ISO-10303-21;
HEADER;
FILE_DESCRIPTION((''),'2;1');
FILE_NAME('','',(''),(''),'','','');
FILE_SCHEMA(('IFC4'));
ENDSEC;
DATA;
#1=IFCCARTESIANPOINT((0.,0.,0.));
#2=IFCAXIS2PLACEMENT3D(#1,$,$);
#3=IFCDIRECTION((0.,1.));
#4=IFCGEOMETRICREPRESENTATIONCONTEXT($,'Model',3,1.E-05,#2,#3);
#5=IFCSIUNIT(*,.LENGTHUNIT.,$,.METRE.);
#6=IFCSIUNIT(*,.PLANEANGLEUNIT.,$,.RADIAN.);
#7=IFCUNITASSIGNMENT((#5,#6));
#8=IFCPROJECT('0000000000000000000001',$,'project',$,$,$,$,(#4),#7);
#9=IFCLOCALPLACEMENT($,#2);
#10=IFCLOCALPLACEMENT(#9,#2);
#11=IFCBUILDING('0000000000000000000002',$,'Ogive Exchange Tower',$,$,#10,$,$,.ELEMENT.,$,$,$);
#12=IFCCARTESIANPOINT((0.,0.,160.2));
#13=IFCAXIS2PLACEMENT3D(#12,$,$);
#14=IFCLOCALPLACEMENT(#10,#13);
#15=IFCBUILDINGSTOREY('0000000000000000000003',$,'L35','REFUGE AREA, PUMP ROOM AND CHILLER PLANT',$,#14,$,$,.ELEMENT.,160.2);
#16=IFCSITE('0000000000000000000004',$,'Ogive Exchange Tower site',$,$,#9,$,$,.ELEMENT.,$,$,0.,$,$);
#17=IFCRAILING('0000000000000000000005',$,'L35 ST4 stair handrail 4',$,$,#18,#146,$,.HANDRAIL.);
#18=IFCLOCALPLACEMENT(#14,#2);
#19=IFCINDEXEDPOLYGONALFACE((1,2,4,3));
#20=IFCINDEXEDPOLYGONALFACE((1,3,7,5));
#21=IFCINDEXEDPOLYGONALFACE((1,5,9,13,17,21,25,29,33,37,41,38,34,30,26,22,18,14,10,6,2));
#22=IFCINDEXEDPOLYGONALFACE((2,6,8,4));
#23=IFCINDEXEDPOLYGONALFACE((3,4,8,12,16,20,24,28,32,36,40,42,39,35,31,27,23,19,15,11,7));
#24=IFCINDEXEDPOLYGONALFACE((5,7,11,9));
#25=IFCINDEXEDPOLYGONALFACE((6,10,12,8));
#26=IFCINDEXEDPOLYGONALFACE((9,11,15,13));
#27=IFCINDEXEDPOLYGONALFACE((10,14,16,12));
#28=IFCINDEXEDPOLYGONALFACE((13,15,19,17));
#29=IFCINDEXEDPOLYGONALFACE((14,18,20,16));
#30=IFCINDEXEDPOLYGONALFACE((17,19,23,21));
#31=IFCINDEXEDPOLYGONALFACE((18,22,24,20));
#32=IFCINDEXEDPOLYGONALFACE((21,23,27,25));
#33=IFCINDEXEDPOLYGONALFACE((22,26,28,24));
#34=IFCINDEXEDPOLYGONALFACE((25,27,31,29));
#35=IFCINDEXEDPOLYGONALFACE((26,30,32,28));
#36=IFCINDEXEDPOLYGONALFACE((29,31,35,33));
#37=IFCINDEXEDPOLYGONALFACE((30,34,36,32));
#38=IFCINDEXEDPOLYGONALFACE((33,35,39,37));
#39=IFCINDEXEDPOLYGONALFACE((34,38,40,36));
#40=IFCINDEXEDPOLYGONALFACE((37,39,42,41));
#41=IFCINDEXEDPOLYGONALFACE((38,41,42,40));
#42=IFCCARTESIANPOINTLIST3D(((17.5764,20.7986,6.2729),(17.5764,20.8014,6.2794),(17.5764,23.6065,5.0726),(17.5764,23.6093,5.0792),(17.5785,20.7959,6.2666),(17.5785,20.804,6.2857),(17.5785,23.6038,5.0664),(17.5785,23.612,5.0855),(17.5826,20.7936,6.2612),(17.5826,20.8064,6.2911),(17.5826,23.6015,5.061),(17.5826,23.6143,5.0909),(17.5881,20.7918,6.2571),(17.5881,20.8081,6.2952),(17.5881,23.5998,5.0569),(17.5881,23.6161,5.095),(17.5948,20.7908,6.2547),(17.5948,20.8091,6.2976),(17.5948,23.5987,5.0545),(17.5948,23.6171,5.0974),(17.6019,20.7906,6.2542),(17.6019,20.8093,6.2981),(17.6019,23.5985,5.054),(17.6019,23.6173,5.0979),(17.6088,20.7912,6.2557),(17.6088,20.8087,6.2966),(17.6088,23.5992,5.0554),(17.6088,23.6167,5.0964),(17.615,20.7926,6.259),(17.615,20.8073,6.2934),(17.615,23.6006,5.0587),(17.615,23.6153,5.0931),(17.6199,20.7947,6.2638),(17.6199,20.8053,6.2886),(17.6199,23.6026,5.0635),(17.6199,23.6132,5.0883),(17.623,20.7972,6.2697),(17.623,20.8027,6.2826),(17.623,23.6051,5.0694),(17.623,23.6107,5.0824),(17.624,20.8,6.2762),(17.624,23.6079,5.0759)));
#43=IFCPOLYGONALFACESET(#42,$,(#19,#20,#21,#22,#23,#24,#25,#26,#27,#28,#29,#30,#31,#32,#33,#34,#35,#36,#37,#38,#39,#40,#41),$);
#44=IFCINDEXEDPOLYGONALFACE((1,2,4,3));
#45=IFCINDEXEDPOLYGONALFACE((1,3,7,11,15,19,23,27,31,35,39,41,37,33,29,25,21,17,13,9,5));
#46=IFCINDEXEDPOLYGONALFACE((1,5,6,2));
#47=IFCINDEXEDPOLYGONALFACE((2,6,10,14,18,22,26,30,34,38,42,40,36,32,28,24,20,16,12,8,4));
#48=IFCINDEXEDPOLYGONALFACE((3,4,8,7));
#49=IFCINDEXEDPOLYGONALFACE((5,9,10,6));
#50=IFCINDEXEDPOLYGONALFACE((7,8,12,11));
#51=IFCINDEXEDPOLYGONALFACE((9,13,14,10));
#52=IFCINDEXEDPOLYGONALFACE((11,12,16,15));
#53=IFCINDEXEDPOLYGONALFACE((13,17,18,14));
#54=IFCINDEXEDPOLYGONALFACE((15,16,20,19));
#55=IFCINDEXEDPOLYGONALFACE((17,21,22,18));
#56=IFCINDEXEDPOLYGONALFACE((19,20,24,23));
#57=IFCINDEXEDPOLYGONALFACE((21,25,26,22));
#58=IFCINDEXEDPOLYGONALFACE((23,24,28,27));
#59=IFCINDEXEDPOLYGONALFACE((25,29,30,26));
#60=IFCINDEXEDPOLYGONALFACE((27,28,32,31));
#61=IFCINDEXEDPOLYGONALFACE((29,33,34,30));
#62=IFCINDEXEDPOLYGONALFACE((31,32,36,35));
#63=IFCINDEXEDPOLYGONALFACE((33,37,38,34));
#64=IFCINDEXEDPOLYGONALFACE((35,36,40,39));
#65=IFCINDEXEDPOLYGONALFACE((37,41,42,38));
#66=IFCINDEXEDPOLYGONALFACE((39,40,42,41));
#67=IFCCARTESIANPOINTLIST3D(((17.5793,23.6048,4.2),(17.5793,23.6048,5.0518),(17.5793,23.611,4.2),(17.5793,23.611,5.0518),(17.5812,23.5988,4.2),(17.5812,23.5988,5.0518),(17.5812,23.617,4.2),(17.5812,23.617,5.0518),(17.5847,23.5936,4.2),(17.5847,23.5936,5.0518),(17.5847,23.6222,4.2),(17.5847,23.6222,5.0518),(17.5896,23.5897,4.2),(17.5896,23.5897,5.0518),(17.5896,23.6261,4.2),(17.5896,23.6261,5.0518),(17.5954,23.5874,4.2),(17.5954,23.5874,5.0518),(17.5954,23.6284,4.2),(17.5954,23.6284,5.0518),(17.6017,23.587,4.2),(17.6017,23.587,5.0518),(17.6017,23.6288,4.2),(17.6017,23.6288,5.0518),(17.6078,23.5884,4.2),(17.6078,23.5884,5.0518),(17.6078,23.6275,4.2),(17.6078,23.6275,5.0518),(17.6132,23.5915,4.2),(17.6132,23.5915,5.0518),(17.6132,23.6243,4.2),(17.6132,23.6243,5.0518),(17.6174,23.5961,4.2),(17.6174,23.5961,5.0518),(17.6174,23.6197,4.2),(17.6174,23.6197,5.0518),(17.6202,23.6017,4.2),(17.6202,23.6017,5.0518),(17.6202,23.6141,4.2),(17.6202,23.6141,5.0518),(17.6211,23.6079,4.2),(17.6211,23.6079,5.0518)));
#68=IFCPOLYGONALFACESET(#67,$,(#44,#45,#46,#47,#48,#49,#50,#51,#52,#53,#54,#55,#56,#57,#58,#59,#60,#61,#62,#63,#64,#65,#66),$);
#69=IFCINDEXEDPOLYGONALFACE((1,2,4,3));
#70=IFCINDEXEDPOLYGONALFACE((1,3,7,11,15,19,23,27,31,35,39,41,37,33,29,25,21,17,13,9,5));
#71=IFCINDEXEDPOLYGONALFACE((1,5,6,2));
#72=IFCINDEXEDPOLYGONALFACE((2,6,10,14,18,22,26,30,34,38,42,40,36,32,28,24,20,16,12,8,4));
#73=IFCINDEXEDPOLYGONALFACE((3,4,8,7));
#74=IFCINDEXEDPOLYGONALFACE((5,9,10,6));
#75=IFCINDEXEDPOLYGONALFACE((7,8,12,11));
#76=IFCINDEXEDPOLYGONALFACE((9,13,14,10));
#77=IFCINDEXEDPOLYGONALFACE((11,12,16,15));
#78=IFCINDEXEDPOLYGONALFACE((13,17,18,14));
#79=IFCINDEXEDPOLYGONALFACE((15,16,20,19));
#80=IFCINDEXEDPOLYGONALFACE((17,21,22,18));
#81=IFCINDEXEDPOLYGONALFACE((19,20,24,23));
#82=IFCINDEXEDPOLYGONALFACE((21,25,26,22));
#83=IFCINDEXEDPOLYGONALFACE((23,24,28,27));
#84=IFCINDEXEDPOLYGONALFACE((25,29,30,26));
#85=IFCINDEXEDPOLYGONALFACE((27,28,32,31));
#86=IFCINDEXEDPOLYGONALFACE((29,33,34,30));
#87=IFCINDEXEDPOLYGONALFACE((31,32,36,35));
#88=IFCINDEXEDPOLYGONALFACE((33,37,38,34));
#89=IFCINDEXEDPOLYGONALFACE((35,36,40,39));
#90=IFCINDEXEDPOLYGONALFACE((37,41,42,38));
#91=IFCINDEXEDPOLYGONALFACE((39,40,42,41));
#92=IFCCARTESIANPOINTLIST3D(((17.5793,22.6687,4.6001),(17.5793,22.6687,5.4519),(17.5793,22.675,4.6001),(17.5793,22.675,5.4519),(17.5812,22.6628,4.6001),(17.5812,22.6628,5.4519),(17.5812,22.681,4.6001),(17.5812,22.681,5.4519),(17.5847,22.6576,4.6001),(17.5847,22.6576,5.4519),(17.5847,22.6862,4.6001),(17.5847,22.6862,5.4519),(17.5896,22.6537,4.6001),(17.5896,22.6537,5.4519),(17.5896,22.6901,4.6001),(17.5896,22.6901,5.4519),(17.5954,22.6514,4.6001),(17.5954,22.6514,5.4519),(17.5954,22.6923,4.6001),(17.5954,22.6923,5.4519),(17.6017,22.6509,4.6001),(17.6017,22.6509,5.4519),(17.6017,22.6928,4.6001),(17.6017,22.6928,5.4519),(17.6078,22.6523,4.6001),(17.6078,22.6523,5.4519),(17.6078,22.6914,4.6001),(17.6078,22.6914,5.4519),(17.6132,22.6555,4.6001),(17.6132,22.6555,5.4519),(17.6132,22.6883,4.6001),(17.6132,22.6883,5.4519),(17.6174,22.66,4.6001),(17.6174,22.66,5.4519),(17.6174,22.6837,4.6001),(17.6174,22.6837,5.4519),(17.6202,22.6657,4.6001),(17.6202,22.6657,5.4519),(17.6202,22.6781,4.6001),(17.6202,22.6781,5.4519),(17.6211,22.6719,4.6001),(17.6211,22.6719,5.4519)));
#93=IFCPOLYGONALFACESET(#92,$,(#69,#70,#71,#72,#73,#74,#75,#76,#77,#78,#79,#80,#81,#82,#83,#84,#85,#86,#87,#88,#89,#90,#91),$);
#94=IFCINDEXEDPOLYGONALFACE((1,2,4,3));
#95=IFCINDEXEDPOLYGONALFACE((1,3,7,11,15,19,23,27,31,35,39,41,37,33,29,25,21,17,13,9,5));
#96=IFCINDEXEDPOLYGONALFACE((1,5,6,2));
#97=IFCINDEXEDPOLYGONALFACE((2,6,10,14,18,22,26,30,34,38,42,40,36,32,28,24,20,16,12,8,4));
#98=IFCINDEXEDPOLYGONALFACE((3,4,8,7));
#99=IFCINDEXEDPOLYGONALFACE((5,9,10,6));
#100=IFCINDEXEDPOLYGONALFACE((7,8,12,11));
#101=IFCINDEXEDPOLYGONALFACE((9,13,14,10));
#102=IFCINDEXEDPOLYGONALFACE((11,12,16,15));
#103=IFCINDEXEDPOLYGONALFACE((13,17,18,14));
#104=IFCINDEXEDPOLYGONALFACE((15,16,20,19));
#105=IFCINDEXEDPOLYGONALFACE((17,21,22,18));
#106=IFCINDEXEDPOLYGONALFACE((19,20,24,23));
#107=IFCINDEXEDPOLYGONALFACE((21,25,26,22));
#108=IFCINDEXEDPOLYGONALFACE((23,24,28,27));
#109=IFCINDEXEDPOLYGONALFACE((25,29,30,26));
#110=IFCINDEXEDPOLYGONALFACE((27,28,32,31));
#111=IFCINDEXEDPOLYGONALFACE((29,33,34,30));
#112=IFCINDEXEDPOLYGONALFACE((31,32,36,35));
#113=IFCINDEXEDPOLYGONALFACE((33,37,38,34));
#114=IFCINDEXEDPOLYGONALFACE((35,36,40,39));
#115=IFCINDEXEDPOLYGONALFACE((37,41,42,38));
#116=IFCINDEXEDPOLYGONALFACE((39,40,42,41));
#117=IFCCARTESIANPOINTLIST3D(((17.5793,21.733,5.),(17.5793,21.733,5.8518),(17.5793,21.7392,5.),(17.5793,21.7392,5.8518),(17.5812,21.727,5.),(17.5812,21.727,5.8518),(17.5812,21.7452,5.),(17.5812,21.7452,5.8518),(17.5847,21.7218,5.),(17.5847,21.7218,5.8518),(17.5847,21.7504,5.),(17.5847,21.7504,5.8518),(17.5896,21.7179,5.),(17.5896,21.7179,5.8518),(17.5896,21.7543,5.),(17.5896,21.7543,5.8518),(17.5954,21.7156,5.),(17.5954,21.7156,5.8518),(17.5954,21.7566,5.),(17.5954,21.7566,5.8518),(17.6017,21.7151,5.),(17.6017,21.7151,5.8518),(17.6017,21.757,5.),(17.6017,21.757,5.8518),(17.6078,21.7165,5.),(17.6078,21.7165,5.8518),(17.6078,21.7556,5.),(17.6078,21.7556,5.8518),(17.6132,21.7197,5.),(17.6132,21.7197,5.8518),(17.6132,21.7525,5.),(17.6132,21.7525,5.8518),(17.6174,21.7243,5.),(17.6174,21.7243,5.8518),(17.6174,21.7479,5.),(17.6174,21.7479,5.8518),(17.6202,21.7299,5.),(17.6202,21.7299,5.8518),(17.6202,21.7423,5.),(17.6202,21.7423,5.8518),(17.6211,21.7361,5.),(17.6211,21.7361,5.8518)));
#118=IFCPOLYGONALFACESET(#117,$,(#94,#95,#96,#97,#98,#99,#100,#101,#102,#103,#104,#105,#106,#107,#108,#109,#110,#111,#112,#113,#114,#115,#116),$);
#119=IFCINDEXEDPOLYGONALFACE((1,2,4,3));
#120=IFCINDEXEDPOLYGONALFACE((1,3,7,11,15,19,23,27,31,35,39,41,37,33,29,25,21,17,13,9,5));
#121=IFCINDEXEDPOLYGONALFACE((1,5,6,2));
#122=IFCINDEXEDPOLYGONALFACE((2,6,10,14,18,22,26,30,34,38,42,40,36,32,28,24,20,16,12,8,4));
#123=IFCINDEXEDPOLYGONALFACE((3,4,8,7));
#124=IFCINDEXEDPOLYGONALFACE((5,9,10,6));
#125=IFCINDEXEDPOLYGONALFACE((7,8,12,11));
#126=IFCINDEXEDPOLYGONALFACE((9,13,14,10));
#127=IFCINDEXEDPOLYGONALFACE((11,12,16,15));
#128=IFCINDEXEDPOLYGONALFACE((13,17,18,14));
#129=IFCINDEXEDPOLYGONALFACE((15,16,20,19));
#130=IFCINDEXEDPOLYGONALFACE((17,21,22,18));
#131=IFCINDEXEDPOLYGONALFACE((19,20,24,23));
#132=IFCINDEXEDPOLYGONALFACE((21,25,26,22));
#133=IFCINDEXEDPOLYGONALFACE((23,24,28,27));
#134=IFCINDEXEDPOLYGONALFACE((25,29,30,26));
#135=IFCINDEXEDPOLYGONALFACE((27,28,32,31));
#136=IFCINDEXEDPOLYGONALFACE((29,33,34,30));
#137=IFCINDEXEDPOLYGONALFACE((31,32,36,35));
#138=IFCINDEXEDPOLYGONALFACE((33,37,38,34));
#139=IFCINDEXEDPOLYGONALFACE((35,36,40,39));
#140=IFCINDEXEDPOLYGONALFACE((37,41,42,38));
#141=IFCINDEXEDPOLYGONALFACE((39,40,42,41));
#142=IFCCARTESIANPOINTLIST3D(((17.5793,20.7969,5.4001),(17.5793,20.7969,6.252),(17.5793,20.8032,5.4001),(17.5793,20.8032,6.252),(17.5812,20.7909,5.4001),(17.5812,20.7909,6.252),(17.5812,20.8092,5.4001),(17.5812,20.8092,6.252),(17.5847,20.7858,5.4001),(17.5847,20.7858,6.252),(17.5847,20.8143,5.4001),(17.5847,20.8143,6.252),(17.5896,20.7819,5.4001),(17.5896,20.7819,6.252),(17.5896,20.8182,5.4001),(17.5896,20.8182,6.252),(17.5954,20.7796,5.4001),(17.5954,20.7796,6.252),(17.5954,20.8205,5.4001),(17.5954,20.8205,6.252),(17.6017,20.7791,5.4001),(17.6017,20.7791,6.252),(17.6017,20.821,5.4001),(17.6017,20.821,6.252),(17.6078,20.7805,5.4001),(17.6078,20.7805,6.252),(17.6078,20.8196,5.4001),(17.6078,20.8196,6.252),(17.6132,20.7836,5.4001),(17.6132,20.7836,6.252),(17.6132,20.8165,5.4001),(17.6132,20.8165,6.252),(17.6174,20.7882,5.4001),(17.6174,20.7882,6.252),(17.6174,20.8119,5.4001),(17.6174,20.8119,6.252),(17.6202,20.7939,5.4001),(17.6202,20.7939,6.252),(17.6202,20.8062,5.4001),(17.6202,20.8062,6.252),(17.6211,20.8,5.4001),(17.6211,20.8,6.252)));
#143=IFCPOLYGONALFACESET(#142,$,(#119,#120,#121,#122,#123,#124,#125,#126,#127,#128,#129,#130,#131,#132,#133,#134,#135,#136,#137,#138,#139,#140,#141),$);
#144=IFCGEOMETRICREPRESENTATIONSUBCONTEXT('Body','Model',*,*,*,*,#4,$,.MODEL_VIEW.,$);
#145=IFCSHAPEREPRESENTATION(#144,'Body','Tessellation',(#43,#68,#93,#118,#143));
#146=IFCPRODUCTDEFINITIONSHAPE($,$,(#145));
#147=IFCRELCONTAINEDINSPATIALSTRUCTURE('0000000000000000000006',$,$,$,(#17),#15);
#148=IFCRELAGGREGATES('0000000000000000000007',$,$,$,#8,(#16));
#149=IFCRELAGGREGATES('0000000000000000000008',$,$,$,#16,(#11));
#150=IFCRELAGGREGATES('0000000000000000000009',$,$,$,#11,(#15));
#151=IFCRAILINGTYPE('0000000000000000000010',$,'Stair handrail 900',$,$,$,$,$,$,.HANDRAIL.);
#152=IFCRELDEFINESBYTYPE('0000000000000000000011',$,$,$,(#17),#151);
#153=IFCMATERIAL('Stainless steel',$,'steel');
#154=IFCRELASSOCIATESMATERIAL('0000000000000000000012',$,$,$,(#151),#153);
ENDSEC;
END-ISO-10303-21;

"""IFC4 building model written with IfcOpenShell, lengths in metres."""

from ifc_helpers import new_model, si_unit, direction, frame, origin, origin_2d, place, context, subcontext, project, spatial, circle, extrude, material, type_object, element, save


model = new_model("IFC4")

# Units and contexts
model_context = context("Model", 3, precision=1e-05, world=origin(), true_north=direction((0.0, 1.0)))
body_context = subcontext(model_context, "Body", "Model", "MODEL_VIEW")
ifc_project = project(units=[si_unit("LENGTHUNIT", "METRE"), si_unit("PLANEANGLEUNIT", "RADIAN")], contexts=[model_context])

# Site, building, storey
site_placement = place(None, origin())
site = spatial("IfcSite", under=ifc_project, at=site_placement, Name="Ogive Exchange Tower site", CompositionType="ELEMENT", RefElevation=0.0)
building_placement = place(site_placement, origin())
building = spatial("IfcBuilding", under=site, at=building_placement, Name="Ogive Exchange Tower", CompositionType="ELEMENT")
storey_placement = place(building_placement, frame((0.0, 0.0, 160.2)))
storey = spatial("IfcBuildingStorey", under=building, at=storey_placement, Name="L35", Description="REFUGE AREA, PUMP ROOM AND CHILLER PLANT", CompositionType="ELEMENT", Elevation=160.2)

# Railing
ifc_material_1 = material(Name="Stainless steel", Category="steel")
railing_type = type_object("IfcRailingType", Name="Stair handrail 900", PredefinedType="HANDRAIL", material=ifc_material_1)
railing_1_placement = place(storey_placement, frame((17.6001, 23.6079, 4.2)))
element("IfcRailing", 1, at=railing_1_placement, inside=storey, type_object=railing_type, Name="L35 ST4 stair handrail 4", PredefinedType="HANDRAIL", context=body_context, shape_type="SweptSolid", body=[
    extrude(circle(Radius=0.0239, at=origin_2d()), frame((0.0, 0.0, 0.876), z_axis=(0.0, -0.919521, 0.393041), x_axis=(1.0, 0.0, 0.0)), (0.0, 0.0, 1.0), 3.0537),
    extrude(circle(Radius=0.021, at=origin_2d()), origin(), (0.0, 0.0, 1.0), 0.8518),
    extrude(circle(Radius=0.021, at=origin_2d()), frame((0.0, -0.936, 0.4001)), (0.0, 0.0, 1.0), 0.8518),
    extrude(circle(Radius=0.021, at=origin_2d()), frame((0.0, -1.8718, 0.8)), (0.0, 0.0, 1.0), 0.8518),
    extrude(circle(Radius=0.021, at=origin_2d()), frame((0.0, -2.8079, 1.2002)), (0.0, 0.0, 1.0), 0.8518),
])

save(model, "model.ifc")
